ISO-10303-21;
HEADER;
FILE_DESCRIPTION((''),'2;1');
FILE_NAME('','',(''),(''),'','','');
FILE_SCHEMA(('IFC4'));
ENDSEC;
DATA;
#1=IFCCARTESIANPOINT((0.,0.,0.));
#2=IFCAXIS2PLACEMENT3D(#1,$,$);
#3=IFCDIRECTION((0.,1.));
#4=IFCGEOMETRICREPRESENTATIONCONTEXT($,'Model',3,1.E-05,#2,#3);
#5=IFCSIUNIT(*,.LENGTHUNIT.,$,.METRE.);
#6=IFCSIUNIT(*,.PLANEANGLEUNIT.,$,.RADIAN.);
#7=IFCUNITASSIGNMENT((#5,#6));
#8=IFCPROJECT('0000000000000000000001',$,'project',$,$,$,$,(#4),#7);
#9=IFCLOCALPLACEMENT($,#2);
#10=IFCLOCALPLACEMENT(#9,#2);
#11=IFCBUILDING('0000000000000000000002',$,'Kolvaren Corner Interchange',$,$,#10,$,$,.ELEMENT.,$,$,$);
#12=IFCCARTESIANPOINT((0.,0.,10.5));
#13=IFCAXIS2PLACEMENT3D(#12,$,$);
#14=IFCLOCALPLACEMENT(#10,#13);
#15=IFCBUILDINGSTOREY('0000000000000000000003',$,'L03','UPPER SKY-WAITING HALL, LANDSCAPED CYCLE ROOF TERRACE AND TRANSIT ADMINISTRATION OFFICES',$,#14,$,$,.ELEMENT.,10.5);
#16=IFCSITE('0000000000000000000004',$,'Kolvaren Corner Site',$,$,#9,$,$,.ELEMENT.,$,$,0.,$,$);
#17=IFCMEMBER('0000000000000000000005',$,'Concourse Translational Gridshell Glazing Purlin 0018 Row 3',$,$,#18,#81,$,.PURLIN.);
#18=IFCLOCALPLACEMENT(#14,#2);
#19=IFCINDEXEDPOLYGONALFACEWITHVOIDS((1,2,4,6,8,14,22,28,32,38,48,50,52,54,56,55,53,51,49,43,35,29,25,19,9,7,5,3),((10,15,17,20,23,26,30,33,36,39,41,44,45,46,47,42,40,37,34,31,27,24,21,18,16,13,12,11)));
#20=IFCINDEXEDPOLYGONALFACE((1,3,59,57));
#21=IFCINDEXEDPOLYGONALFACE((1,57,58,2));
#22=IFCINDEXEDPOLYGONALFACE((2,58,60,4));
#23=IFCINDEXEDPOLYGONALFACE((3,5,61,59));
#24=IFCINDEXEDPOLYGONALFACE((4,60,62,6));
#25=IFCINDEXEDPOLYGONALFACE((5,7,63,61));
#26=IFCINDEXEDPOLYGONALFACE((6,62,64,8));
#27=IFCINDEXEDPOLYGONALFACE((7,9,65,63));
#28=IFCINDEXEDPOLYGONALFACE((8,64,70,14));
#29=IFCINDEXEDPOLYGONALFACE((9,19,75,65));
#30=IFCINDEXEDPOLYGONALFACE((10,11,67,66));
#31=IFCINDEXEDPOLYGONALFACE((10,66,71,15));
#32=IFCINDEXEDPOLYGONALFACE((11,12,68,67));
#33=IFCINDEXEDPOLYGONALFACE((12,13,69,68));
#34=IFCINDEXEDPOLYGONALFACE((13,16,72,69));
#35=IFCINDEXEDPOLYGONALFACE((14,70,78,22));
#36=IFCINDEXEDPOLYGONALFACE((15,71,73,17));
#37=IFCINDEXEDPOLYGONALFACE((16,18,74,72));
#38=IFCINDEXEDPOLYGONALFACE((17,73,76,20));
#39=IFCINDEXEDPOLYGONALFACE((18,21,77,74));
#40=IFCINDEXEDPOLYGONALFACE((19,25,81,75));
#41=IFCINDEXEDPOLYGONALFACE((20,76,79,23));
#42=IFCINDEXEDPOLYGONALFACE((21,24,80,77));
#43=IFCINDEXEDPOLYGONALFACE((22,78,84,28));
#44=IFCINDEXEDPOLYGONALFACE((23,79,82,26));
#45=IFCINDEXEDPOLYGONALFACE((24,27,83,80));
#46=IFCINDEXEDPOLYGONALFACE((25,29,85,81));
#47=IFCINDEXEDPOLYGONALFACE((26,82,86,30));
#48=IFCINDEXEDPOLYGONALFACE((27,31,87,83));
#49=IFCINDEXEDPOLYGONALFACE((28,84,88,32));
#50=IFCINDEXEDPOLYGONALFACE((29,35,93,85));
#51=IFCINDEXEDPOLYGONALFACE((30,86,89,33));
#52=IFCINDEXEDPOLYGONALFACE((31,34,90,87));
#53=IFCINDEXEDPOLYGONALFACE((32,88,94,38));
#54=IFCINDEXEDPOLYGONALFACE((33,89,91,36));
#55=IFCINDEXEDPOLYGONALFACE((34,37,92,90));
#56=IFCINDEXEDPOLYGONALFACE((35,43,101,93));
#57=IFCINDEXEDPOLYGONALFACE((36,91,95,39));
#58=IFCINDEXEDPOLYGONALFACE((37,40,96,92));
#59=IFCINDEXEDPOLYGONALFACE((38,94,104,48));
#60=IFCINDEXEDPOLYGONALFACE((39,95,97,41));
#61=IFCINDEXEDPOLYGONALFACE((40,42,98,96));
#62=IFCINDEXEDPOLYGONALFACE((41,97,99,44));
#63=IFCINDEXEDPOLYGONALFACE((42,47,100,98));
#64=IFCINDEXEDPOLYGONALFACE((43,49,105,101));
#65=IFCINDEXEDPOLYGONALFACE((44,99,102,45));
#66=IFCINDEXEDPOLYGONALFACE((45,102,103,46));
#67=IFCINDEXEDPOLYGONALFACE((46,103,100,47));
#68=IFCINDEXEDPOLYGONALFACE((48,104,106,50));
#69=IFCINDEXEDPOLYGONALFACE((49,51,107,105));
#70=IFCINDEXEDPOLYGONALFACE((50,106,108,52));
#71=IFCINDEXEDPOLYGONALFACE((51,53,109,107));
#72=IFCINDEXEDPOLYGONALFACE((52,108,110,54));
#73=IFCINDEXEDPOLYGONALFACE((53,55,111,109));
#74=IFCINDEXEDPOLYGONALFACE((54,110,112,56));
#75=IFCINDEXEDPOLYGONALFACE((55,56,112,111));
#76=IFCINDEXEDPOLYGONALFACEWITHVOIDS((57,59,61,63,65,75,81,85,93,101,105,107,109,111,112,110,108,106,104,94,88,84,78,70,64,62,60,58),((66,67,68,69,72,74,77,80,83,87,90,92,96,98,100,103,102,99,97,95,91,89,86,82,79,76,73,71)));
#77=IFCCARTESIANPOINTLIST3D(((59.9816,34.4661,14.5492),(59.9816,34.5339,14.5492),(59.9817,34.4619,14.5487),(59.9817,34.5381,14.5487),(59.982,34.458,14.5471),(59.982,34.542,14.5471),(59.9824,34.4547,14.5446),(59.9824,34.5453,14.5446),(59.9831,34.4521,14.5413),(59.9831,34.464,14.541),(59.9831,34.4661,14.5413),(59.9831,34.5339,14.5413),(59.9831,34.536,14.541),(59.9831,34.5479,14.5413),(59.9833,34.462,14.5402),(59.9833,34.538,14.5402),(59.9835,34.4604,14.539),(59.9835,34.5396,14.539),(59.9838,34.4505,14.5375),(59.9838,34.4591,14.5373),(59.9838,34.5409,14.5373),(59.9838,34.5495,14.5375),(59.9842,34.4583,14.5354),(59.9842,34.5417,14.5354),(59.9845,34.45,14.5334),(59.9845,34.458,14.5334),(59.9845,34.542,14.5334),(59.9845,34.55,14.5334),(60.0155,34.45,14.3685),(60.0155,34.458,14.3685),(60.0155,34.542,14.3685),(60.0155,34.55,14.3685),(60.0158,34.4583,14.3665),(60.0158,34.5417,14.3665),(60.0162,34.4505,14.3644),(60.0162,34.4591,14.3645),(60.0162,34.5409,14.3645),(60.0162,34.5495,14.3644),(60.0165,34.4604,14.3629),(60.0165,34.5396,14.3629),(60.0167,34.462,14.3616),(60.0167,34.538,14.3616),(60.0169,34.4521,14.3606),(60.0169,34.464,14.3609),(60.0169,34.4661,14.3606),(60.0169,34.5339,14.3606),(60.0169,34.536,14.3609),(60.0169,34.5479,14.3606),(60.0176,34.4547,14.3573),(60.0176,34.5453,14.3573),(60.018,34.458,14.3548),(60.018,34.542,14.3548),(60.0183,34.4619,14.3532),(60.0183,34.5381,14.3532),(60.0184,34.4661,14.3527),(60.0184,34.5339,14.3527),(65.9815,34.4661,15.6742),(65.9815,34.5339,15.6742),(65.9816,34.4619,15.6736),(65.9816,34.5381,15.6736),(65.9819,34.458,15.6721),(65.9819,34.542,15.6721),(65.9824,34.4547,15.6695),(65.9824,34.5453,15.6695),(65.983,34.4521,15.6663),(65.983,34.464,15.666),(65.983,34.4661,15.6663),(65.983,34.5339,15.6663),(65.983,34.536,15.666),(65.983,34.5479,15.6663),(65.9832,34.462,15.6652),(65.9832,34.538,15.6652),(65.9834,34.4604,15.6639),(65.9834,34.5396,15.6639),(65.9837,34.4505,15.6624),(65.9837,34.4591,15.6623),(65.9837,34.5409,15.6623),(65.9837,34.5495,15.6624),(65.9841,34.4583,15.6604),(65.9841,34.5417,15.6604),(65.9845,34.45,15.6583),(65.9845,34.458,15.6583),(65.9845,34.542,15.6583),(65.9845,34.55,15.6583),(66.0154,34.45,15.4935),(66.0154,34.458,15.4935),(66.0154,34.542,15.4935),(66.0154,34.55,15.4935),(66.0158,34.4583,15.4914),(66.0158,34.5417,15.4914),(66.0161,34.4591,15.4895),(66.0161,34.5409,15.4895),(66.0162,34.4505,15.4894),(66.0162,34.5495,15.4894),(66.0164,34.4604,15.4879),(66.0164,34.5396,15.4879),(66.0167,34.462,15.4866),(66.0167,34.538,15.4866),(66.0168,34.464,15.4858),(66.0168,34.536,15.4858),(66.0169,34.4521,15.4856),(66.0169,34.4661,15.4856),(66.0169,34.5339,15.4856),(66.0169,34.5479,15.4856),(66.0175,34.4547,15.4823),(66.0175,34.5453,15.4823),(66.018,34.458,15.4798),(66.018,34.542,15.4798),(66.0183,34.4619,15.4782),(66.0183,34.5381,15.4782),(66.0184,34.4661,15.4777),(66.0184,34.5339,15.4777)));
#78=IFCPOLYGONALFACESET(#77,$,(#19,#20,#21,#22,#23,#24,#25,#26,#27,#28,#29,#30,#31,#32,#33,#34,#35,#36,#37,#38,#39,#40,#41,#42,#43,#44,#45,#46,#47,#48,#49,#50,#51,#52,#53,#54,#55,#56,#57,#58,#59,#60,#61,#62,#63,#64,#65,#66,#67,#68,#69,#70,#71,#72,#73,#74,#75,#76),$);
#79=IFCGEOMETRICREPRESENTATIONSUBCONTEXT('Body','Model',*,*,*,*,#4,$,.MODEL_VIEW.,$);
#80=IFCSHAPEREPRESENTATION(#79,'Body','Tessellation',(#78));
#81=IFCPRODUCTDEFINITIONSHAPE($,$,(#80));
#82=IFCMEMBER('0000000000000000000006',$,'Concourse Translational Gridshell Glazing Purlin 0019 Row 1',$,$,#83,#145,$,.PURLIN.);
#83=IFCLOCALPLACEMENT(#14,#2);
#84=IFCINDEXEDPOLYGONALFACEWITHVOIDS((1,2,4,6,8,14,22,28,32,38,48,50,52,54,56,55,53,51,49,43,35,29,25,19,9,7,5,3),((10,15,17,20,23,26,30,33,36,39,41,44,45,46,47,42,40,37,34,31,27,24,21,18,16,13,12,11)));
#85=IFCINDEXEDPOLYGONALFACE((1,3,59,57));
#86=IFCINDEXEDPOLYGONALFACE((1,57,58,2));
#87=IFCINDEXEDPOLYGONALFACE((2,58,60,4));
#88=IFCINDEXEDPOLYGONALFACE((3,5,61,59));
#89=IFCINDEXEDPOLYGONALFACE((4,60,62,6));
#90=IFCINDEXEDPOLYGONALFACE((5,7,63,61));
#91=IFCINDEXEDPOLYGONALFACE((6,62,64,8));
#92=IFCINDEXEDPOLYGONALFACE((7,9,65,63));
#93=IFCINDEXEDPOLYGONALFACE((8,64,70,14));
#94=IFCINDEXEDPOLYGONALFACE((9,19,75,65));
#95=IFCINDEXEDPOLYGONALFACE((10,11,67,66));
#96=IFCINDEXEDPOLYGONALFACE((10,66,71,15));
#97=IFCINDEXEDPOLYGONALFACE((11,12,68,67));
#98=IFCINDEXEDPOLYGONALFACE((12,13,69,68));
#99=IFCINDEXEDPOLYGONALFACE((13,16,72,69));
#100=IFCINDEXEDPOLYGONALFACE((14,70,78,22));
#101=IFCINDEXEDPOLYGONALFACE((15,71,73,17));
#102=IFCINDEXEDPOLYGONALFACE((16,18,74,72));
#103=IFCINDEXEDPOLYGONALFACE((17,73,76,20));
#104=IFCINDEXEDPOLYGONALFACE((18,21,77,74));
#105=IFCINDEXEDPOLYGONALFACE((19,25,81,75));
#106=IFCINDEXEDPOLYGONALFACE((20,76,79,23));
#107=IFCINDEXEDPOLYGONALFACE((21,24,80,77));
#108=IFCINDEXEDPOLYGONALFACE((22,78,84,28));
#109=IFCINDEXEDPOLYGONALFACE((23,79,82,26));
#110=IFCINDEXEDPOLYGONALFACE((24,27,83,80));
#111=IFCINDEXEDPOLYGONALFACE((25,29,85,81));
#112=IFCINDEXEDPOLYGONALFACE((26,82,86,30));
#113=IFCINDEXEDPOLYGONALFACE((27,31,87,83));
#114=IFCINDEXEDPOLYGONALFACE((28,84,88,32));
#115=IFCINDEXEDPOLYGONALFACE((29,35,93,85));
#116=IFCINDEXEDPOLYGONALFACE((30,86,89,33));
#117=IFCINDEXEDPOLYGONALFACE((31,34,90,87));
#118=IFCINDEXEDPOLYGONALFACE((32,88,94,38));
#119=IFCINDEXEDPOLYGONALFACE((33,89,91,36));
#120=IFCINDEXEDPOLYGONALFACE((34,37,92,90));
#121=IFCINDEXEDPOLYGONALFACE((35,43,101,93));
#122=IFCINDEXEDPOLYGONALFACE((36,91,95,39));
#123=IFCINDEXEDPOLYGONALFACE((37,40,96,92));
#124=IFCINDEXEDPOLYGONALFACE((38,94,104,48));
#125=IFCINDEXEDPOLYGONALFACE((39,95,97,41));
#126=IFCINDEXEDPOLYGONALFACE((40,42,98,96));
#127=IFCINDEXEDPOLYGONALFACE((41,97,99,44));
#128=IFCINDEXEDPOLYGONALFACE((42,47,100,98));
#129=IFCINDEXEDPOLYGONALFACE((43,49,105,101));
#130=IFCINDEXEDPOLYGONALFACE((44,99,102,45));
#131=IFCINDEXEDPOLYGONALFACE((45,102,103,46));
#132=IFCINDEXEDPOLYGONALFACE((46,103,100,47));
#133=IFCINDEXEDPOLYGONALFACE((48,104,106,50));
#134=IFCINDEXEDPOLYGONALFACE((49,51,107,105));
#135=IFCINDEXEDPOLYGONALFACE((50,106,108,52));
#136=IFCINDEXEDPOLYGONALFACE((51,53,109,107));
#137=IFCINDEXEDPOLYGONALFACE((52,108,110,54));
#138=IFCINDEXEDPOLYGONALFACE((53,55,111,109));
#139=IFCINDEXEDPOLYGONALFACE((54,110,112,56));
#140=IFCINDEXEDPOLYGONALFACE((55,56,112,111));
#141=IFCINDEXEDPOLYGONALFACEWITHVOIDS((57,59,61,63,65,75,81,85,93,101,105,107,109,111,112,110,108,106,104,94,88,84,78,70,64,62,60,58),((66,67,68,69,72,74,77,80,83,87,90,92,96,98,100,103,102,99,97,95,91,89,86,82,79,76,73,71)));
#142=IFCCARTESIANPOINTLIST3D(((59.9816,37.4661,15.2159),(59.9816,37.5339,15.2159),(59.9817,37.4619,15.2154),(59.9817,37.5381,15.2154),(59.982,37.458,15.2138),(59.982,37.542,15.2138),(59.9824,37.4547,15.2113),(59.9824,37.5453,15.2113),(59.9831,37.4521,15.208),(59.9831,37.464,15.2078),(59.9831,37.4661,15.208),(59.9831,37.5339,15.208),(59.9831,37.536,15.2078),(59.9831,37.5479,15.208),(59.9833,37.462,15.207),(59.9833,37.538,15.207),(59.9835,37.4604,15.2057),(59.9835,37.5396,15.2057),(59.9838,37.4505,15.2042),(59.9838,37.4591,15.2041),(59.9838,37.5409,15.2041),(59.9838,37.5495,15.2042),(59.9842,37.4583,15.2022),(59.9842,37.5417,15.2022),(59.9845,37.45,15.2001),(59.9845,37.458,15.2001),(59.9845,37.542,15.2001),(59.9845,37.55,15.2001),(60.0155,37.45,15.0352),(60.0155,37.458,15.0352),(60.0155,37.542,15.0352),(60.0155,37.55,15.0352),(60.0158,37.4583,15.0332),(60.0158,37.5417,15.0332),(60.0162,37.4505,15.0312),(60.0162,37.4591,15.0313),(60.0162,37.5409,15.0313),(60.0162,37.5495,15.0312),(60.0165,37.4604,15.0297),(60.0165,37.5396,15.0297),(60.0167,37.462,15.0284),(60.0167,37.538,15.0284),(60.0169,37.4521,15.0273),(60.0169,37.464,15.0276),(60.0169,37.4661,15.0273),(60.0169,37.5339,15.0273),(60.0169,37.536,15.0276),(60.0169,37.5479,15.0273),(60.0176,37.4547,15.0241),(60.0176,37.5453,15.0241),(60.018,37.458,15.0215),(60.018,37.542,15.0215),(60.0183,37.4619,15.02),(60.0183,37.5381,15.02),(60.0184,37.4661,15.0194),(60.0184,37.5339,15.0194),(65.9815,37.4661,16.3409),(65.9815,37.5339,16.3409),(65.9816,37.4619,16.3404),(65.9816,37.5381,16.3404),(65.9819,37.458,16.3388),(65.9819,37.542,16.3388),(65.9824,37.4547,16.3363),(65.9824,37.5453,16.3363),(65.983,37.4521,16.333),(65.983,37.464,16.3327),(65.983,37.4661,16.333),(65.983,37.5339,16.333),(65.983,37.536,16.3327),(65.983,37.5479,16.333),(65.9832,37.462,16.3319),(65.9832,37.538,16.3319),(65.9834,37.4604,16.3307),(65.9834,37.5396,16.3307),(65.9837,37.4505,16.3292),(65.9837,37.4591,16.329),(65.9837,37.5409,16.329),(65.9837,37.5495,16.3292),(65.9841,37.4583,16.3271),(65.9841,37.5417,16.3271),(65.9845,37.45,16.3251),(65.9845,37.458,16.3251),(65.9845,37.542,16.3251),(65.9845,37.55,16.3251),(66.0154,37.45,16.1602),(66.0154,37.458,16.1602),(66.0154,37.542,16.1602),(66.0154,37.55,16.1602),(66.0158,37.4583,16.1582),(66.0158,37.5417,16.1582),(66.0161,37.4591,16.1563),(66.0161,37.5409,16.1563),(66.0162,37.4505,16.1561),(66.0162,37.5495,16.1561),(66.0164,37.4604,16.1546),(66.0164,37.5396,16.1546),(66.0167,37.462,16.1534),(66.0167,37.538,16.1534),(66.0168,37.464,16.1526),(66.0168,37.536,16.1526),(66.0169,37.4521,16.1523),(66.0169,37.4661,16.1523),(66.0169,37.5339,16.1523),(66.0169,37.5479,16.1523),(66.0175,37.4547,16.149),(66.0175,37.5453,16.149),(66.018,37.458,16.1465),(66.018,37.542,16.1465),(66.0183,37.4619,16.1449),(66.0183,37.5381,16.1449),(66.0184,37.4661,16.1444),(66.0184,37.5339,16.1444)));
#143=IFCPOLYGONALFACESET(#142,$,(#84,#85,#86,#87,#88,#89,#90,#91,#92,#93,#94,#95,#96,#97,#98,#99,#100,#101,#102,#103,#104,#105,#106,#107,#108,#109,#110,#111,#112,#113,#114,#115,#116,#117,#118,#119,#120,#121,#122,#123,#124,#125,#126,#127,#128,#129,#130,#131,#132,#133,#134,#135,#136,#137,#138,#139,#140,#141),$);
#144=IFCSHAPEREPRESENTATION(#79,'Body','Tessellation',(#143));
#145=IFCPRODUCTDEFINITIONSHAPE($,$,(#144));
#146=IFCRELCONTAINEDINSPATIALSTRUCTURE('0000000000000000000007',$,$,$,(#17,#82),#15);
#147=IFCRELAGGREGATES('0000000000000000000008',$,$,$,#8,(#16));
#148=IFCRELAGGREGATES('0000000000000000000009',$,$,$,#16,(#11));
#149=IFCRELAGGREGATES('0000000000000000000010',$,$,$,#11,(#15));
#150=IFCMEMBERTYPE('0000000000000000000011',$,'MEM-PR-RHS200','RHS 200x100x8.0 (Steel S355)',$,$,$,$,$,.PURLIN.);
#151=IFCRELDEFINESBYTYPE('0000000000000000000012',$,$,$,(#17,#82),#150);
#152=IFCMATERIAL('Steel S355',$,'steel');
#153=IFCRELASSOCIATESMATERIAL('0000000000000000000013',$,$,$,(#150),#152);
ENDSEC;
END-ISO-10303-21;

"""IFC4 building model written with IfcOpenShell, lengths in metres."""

from ifc_helpers import new_model, si_unit, direction, frame, origin, origin_2d, place, context, subcontext, project, spatial, hollow_rectangle, extrude, material, material_profile, profile_set, type_object, element, save


model = new_model("IFC4")

# Units and contexts
model_context = context("Model", 3, precision=1e-05, world=origin(), true_north=direction((0.0, 1.0)))
body_context = subcontext(model_context, "Body", "Model", "MODEL_VIEW")
ifc_project = project(units=[si_unit("LENGTHUNIT", "METRE"), si_unit("PLANEANGLEUNIT", "RADIAN")], contexts=[model_context])

# Site, building, storey
site_placement = place(None, origin())
site = spatial("IfcSite", under=ifc_project, at=site_placement, Name="Kolvaren Corner Site", CompositionType="ELEMENT", RefElevation=0.0)
building_placement = place(site_placement, origin())
building = spatial("IfcBuilding", under=site, at=building_placement, Name="Kolvaren Corner Interchange", CompositionType="ELEMENT")
storey_placement = place(building_placement, frame((0.0, 0.0, 10.5)))
storey = spatial("IfcBuildingStorey", under=building, at=storey_placement, Name="L03", Description="UPPER SKY-WAITING HALL, LANDSCAPED CYCLE ROOF TERRACE AND TRANSIT ADMINISTRATION OFFICES", CompositionType="ELEMENT", Elevation=10.5)

# Members
ifc_material_1 = material(Name="Steel S355", Category="steel")
ifc_material_profile_1 = material_profile(ifc_material_1, hollow_rectangle(XDim=0.1001, YDim=0.2, WallThickness=0.0081, InnerFilletRadius=0.0081, OuterFilletRadius=0.0161, at=origin_2d()), Name="RHS 200x100x8.0")
ifc_profile_set_1 = profile_set([ifc_material_profile_1], Name="Steel S355")
member_type_1 = type_object("IfcMemberType", Name="MEM-PR-RHS200", Description="RHS 200x100x8.0 (Steel S355)", PredefinedType="PURLIN", material=ifc_profile_set_1)
for number, where, z_axis, x_axis, name in (
    (1, (60.0, 34.5, 14.4509), (0.982872, 0.0, 0.184289), (0.0, 1.0, 0.0), "Concourse Translational Gridshell Glazing Purlin 0018 Row 3"),
    (2, (60.0, 37.5, 15.1177), (0.982872, 0.0, 0.184289), (0.0, 1.0, 0.0), "Concourse Translational Gridshell Glazing Purlin 0019 Row 1"),
):
    element("IfcMember", number, at=place(storey_placement, frame(where, z_axis=z_axis, x_axis=x_axis)), inside=storey, type_object=member_type_1, Name=name, PredefinedType="PURLIN", context=body_context, shape_type="SweptSolid", body=[
        extrude(hollow_rectangle(XDim=0.1001, YDim=0.2, WallThickness=0.0081, InnerFilletRadius=0.0081, OuterFilletRadius=0.0161, at=origin_2d()), origin(), (0.0, 0.0, 1.0), 6.1045),
    ])

save(model, "model.ifc")
